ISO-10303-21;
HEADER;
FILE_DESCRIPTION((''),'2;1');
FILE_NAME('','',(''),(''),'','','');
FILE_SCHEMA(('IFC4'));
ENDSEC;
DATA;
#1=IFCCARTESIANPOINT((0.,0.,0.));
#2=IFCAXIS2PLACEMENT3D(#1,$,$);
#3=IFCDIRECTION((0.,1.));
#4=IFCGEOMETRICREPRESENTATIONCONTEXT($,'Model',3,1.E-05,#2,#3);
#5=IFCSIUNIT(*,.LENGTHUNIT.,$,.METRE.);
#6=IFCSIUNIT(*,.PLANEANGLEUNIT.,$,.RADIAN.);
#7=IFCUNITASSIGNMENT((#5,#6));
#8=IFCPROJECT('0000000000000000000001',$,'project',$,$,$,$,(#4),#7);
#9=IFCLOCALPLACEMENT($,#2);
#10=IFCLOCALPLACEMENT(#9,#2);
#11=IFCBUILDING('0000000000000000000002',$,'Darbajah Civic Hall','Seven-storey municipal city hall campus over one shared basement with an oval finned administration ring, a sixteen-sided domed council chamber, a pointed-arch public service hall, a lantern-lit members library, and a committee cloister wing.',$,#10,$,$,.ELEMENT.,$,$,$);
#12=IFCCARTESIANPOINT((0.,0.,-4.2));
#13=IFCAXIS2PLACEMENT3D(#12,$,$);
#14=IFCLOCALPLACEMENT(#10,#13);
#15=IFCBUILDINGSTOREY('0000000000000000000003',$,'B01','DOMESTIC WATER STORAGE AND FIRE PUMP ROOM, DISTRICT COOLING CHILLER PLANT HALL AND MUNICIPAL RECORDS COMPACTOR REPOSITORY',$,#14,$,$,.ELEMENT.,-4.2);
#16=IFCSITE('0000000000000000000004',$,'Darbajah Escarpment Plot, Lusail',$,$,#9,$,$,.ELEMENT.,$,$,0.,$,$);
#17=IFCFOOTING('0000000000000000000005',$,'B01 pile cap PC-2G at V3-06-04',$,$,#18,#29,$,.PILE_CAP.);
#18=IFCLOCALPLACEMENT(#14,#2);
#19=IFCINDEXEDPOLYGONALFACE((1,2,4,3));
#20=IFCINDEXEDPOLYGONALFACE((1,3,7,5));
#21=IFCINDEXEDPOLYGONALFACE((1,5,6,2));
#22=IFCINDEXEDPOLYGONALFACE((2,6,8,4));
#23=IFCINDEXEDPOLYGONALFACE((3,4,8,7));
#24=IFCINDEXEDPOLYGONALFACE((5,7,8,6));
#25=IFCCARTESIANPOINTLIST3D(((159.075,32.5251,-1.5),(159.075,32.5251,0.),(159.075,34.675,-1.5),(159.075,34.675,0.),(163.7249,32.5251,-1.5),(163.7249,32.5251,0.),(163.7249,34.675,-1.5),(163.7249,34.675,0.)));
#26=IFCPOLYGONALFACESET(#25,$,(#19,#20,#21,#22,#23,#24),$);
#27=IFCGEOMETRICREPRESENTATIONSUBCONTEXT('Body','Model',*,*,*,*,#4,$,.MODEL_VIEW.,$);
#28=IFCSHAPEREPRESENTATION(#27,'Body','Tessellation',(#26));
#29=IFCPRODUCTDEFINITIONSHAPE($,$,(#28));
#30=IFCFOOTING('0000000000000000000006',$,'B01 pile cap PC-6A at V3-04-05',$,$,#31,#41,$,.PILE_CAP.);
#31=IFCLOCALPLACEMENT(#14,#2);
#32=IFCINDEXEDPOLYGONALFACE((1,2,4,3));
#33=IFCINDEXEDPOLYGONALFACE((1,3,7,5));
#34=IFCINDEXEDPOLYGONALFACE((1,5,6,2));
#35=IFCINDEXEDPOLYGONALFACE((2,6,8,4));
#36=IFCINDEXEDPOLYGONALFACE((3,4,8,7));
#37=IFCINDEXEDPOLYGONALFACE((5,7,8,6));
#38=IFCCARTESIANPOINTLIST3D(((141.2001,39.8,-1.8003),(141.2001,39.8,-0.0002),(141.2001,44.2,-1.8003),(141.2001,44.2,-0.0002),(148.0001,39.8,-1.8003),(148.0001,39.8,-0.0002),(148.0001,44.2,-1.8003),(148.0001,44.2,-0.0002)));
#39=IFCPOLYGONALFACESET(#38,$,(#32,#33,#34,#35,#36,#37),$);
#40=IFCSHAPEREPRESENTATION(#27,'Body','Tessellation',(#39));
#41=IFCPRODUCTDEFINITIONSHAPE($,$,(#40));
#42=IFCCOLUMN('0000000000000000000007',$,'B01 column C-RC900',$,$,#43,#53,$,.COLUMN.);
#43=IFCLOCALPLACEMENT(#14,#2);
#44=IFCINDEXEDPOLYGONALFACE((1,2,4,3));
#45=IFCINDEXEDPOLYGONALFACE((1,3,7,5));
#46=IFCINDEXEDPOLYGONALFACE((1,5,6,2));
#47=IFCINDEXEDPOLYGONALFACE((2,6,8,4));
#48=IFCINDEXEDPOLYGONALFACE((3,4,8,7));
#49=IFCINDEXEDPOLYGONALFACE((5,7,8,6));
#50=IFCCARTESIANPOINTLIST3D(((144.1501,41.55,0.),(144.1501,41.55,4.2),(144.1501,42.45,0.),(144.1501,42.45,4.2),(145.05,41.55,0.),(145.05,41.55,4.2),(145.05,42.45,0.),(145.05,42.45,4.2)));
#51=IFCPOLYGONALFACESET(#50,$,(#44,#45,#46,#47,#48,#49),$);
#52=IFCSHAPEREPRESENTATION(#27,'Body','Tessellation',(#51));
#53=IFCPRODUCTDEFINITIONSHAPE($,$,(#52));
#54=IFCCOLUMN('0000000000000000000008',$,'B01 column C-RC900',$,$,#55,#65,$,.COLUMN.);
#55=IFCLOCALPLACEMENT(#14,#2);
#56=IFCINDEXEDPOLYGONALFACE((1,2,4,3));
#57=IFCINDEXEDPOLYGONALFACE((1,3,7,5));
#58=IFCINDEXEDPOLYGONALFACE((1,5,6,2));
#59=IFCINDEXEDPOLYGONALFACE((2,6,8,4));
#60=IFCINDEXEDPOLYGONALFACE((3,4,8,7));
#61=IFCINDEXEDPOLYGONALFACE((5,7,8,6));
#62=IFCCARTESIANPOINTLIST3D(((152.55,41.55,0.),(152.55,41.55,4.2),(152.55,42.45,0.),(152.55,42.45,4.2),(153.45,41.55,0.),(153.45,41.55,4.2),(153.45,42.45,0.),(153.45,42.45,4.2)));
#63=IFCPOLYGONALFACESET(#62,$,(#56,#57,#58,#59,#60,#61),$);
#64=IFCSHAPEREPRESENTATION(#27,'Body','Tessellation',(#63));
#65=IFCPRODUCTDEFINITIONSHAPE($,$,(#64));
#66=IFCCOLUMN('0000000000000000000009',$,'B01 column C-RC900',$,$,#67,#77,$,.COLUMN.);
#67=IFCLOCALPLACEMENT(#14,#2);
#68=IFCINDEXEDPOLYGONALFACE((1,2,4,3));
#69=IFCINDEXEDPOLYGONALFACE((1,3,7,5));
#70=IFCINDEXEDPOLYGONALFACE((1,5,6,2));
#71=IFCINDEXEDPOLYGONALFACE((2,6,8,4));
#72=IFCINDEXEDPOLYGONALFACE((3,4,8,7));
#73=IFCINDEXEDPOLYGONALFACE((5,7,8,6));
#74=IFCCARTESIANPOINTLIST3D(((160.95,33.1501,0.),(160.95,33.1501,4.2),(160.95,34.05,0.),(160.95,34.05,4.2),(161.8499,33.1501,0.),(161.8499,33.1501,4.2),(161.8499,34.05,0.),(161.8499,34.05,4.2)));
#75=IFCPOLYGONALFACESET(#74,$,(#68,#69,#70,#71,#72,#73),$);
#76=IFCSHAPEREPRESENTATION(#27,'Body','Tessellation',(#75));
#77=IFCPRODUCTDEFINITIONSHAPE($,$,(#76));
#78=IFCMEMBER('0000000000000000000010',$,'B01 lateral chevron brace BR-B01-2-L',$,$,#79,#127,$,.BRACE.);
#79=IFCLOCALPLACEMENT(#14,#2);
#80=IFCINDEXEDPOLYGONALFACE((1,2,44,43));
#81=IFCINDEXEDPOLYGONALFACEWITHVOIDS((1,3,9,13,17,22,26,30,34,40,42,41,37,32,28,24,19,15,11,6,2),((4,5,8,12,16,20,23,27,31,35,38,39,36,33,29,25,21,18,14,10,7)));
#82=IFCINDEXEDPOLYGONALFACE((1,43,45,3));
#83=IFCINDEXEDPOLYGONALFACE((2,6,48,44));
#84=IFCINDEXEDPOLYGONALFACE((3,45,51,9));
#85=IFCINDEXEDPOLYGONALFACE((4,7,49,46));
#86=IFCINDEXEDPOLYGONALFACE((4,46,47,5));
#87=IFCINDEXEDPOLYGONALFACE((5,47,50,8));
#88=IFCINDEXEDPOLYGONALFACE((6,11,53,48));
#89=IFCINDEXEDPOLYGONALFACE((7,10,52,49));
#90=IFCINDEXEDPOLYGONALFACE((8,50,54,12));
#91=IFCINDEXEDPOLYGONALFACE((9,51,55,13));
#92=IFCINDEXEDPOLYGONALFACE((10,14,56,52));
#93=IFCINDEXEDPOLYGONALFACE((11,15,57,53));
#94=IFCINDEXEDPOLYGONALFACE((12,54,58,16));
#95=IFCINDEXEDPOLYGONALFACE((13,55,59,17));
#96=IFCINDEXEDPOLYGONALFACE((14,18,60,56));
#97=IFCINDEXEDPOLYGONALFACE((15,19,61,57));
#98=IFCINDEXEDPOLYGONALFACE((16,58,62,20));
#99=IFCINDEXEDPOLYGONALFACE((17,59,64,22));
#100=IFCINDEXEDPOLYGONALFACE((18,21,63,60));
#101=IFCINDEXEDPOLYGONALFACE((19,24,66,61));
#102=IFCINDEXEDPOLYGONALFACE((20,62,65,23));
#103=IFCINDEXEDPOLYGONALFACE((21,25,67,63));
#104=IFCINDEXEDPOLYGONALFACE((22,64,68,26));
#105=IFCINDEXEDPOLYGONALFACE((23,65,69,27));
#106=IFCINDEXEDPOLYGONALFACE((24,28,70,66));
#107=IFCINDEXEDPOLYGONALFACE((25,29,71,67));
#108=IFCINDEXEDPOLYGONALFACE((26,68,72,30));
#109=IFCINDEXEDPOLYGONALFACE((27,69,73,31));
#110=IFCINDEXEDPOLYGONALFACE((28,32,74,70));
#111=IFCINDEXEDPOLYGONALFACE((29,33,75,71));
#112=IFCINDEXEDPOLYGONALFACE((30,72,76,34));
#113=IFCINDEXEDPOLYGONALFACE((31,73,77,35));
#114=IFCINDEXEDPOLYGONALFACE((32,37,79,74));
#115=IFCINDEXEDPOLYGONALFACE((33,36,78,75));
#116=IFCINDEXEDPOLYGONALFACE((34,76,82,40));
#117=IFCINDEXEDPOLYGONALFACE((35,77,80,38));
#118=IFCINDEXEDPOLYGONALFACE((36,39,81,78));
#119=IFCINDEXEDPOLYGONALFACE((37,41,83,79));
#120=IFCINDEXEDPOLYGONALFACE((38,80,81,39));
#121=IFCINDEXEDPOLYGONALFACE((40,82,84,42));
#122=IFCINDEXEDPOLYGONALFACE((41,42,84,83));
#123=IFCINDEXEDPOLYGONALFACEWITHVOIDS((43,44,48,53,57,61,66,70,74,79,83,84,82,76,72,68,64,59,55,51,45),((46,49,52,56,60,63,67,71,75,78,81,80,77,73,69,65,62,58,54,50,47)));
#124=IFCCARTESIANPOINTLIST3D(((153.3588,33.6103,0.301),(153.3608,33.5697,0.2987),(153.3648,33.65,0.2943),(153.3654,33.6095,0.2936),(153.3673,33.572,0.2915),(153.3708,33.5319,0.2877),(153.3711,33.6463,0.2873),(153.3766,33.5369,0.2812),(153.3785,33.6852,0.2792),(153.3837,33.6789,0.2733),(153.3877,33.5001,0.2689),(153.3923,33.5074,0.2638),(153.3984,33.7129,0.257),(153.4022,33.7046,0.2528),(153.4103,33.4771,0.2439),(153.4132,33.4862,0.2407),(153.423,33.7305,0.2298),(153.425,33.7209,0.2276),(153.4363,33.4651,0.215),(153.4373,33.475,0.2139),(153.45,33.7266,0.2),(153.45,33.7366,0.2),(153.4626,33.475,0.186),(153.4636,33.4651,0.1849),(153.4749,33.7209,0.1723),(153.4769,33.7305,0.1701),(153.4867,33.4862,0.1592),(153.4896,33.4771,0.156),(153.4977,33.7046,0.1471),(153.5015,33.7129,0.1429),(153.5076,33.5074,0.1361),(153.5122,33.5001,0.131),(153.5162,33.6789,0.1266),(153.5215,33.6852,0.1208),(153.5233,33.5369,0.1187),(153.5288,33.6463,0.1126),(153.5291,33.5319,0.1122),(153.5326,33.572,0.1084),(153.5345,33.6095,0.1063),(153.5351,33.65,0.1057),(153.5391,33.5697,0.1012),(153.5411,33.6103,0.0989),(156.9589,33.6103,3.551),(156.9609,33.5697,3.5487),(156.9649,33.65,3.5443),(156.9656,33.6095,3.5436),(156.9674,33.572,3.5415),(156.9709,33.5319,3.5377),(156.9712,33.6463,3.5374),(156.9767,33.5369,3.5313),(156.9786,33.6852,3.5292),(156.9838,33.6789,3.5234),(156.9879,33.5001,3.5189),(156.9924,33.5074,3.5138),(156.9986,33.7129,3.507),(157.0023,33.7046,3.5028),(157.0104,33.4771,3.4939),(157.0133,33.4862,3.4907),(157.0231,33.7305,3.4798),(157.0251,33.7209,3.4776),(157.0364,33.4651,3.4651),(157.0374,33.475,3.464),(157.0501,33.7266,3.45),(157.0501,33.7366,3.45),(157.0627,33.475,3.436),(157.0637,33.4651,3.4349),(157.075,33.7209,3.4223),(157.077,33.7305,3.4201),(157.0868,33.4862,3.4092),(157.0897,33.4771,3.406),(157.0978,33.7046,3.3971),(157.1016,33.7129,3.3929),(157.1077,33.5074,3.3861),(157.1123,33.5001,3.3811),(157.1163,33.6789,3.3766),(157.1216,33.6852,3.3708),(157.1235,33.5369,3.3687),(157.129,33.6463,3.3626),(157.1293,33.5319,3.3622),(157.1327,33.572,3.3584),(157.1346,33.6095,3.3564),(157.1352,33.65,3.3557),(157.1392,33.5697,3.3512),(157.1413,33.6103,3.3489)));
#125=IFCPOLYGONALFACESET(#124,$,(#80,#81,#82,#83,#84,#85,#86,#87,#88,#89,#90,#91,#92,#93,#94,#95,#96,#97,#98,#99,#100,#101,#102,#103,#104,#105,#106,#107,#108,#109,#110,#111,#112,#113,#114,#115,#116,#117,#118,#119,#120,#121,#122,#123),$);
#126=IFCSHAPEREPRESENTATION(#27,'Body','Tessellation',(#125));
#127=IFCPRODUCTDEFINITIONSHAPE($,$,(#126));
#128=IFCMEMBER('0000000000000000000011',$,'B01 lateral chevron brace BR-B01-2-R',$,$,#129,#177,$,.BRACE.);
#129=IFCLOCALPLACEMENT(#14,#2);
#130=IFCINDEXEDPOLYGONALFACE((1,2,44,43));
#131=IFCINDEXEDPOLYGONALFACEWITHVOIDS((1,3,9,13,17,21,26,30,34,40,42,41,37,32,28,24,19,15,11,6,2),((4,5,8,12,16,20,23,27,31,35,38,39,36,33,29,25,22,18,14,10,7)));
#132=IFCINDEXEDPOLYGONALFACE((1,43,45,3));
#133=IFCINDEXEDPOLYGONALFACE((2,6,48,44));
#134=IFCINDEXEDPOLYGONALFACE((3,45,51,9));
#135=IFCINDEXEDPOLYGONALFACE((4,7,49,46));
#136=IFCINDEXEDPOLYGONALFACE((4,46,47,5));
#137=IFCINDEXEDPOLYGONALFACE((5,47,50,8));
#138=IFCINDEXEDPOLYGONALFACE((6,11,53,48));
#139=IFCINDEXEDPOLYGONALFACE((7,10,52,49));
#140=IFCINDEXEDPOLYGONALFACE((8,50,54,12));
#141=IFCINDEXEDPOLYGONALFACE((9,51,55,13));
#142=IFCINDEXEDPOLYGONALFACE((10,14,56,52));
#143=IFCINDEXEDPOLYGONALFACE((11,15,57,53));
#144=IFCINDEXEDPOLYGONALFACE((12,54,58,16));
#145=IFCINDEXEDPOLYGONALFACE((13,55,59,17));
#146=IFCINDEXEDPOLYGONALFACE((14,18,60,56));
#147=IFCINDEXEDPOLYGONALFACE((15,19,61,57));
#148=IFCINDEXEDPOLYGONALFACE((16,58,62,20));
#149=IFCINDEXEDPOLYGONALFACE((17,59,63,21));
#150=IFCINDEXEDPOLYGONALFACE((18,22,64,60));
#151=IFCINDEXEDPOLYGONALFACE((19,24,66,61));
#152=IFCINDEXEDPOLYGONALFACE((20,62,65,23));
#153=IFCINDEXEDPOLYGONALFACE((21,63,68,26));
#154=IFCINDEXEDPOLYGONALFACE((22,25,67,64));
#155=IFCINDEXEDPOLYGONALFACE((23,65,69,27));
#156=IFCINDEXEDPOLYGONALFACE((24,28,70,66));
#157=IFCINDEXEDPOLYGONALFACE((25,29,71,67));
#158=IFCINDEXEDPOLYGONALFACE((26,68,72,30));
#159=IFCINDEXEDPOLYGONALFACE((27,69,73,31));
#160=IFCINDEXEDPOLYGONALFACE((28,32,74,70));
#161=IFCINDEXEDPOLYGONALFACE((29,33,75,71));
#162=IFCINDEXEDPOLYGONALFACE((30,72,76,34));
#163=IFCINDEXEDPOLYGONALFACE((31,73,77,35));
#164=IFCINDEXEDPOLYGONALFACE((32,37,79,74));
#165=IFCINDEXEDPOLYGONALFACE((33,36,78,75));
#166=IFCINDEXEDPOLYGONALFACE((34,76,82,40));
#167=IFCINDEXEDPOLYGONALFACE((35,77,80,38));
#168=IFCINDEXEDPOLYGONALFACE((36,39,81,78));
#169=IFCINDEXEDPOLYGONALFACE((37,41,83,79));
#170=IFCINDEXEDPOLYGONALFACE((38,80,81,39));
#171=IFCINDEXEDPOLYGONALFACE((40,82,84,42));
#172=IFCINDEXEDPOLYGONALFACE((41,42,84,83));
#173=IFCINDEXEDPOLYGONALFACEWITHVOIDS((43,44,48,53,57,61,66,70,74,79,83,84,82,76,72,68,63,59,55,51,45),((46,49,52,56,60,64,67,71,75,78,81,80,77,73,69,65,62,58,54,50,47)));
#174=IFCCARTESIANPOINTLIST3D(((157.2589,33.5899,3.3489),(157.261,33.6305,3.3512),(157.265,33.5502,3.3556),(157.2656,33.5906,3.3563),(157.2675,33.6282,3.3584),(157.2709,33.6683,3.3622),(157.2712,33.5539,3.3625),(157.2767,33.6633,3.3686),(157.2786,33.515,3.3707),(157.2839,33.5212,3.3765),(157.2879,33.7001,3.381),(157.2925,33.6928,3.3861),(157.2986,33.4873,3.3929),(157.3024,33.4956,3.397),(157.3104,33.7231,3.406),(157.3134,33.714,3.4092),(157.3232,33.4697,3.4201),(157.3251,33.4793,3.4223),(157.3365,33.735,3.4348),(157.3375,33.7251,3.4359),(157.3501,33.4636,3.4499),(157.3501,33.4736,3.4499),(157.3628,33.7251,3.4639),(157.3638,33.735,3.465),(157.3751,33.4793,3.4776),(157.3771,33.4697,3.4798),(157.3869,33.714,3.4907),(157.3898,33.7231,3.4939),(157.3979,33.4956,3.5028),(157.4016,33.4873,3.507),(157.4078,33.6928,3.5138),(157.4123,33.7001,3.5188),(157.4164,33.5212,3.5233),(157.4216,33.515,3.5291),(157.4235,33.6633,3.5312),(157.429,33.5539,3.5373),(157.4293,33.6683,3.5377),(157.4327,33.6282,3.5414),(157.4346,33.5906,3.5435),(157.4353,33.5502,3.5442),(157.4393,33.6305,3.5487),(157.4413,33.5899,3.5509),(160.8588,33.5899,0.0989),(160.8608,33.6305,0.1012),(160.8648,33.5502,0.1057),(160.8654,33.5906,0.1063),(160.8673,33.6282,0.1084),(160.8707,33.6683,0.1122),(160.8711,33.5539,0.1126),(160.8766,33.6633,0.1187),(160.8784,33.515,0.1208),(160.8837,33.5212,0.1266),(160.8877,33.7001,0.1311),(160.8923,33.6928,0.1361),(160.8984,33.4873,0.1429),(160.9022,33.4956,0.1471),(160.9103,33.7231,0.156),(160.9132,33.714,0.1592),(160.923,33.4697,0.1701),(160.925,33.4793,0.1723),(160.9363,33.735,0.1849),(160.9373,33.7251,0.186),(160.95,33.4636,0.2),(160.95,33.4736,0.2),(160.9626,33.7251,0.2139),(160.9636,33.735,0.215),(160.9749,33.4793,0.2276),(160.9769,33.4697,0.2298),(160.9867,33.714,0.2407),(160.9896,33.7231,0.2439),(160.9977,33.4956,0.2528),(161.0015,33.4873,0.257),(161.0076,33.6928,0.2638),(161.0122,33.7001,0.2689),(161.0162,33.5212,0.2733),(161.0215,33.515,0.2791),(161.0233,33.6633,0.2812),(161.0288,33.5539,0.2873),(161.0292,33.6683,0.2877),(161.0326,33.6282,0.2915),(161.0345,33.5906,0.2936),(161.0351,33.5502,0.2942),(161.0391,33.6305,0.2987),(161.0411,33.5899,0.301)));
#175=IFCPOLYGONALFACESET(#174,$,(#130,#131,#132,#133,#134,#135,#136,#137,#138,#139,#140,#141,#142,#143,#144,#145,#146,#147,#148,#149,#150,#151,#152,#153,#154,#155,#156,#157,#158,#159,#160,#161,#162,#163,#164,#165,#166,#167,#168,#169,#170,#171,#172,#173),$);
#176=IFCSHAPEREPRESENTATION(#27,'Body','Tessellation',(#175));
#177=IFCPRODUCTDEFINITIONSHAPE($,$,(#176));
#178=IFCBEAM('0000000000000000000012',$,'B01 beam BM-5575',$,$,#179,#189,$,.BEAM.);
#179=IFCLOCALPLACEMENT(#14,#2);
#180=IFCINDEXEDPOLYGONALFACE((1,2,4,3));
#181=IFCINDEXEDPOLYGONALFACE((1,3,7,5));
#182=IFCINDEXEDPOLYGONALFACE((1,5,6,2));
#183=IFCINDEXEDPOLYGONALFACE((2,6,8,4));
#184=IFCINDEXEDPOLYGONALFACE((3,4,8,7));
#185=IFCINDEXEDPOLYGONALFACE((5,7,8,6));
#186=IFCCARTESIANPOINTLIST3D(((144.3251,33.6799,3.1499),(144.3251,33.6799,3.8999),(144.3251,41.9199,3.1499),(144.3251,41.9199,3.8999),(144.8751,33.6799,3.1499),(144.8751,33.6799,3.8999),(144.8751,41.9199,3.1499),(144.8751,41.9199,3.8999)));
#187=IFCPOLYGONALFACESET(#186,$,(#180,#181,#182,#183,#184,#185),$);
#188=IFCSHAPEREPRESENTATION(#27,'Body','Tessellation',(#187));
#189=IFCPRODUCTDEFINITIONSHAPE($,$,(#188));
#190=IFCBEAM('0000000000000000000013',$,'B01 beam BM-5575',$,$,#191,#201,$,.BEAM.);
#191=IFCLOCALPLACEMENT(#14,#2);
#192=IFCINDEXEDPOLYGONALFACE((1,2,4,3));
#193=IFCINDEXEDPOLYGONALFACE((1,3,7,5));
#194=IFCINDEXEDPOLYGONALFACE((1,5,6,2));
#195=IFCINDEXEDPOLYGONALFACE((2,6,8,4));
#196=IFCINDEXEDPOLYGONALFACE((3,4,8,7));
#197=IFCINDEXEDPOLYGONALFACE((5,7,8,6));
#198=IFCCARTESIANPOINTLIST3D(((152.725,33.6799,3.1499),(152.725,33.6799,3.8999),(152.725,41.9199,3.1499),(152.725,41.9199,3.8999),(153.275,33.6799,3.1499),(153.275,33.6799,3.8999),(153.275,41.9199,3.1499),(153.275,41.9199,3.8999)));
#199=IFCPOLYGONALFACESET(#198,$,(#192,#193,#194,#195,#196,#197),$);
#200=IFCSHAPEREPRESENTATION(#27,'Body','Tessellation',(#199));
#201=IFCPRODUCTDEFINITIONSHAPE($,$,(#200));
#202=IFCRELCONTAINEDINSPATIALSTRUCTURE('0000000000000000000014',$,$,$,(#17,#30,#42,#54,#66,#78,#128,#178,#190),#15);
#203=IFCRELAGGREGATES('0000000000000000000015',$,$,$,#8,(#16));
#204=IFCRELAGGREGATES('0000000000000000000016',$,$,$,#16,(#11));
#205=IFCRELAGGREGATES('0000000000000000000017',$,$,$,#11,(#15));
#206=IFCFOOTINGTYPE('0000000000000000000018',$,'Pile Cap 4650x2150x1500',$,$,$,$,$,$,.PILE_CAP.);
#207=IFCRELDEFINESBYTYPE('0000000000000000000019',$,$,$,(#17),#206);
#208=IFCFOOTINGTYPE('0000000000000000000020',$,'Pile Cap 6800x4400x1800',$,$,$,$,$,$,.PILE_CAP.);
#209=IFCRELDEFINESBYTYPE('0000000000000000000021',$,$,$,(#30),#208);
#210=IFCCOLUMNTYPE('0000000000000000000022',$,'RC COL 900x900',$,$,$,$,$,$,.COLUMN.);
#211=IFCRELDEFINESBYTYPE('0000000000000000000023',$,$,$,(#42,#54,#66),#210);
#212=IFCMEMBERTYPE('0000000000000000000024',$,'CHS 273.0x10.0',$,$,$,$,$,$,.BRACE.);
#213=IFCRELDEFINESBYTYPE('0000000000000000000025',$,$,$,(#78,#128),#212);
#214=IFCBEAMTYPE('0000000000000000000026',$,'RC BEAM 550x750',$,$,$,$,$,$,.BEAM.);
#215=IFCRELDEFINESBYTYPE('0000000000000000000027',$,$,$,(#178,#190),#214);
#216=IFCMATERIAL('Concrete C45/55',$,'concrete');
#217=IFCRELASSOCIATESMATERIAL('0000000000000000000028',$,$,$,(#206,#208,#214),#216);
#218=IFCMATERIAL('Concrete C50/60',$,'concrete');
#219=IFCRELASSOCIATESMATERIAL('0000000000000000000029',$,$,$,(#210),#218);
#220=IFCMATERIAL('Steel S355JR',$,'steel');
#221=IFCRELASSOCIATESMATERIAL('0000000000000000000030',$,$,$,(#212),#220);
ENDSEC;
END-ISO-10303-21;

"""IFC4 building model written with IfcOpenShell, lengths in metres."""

from ifc_helpers import new_model, si_unit, direction, frame, origin, origin_2d, place, context, subcontext, project, spatial, rectangle, hollow_circle, extrude, material, material_profile, profile_set, type_object, element, save


model = new_model("IFC4")

# Units and contexts
model_context = context("Model", 3, precision=1e-05, world=origin(), true_north=direction((0.0, 1.0)))
body_context = subcontext(model_context, "Body", "Model", "MODEL_VIEW")
ifc_project = project(units=[si_unit("LENGTHUNIT", "METRE"), si_unit("PLANEANGLEUNIT", "RADIAN")], contexts=[model_context])

# Site, building, storey
site_placement = place(None, origin())
site = spatial("IfcSite", under=ifc_project, at=site_placement, Name="Darbajah Escarpment Plot, Lusail", CompositionType="ELEMENT", RefElevation=0.0)
building_placement = place(site_placement, origin())
building = spatial("IfcBuilding", under=site, at=building_placement, Name="Darbajah Civic Hall", Description="Seven-storey municipal city hall campus over one shared basement with an oval finned administration ring, a sixteen-sided domed council chamber, a pointed-arch public service hall, a lantern-lit members library, and a committee cloister wing.", CompositionType="ELEMENT")
storey_placement = place(building_placement, frame((0.0, 0.0, -4.2)))
storey = spatial("IfcBuildingStorey", under=building, at=storey_placement, Name="B01", Description="DOMESTIC WATER STORAGE AND FIRE PUMP ROOM, DISTRICT COOLING CHILLER PLANT HALL AND MUNICIPAL RECORDS COMPACTOR REPOSITORY", CompositionType="ELEMENT", Elevation=-4.2)

# Shared definitions
ifc_material_1 = material(Name="Concrete C45/55", Category="concrete")

# Footings
footing_type_1 = type_object("IfcFootingType", Name="Pile Cap 4650x2150x1500", PredefinedType="PILE_CAP", material=ifc_material_1)
for number, where, z_axis, x_axis, name in (
    (1, (161.3999, 33.6001, -1.5), (0.0, 0.0, 1.0), (1.0, 0.0, 0.0), "B01 pile cap PC-2G at V3-06-04"),
):
    element("IfcFooting", number, at=place(storey_placement, frame(where, z_axis=z_axis, x_axis=x_axis)), inside=storey, type_object=footing_type_1, Name=name, PredefinedType="PILE_CAP", context=body_context, shape_type="SweptSolid", body=[
        extrude(rectangle(XDim=4.6499, YDim=2.1499, at=origin_2d()), origin(), (0.0, 0.0, 1.0), 1.5),
    ])
footing_type_2 = type_object("IfcFootingType", Name="Pile Cap 6800x4400x1800", PredefinedType="PILE_CAP", material=ifc_material_1)
footing_placement = place(storey_placement, frame((144.6001, 42.0, -1.8003), z_axis=(0.0, 0.0, 1.0), x_axis=(1.0, 0.0, 0.0)))
element("IfcFooting", 2, at=footing_placement, inside=storey, type_object=footing_type_2, Name="B01 pile cap PC-6A at V3-04-05", PredefinedType="PILE_CAP", context=body_context, shape_type="SweptSolid", body=[
    extrude(rectangle(XDim=6.8, YDim=4.3999, at=origin_2d()), origin(), (0.0, 0.0, 1.0), 1.8),
])

# Columns
ifc_material_2 = material(Name="Concrete C50/60", Category="concrete")
ifc_material_profile_1 = material_profile(ifc_material_2, rectangle(XDim=0.8999, YDim=0.8999, at=origin_2d()), Name="RC COL 900x900")
ifc_profile_set_1 = profile_set([ifc_material_profile_1], Name="Concrete C50/60")
column_type = type_object("IfcColumnType", Name="RC COL 900x900", PredefinedType="COLUMN", material=ifc_profile_set_1)
for number, where, z_axis, x_axis, name in (
    (3, (144.6001, 42.0, 0.0), (0.0, 0.0, 1.0), (1.0, 0.0, 0.0), "B01 column C-RC900"),
    (4, (153.0, 42.0, 0.0), (0.0, 0.0, 1.0), (1.0, 0.0, 0.0), "B01 column C-RC900"),
    (5, (161.3999, 33.6001, 0.0), (0.0, 0.0, 1.0), (1.0, 0.0, 0.0), "B01 column C-RC900"),
):
    element("IfcColumn", number, at=place(storey_placement, frame(where, z_axis=z_axis, x_axis=x_axis)), inside=storey, type_object=column_type, Name=name, PredefinedType="COLUMN", context=body_context, shape_type="SweptSolid", body=[
        extrude(rectangle(XDim=0.8999, YDim=0.8999, at=origin_2d()), origin(), (0.0, 0.0, 1.0), 4.2),
    ])

# Members
ifc_material_3 = material(Name="Steel S355JR", Category="steel")
ifc_material_profile_2 = material_profile(ifc_material_3, hollow_circle(Radius=0.1365, WallThickness=0.01, at=origin_2d()), Name="CHS 273.0x10.0")
ifc_profile_set_2 = profile_set([ifc_material_profile_2], Name="Steel S355JR")
member_type = type_object("IfcMemberType", Name="CHS 273.0x10.0", PredefinedType="BRACE", material=ifc_profile_set_2)
member_1_placement = place(storey_placement, frame((153.45, 33.6001, 0.2), z_axis=(0.742277, 0.0, 0.670093), x_axis=(0.0, 1.0, 0.0)))
element("IfcMember", 6, at=member_1_placement, inside=storey, type_object=member_type, Name="B01 lateral chevron brace BR-B01-2-L", PredefinedType="BRACE", context=body_context, shape_type="SweptSolid", body=[
    extrude(hollow_circle(Radius=0.1365, WallThickness=0.01, at=origin_2d()), origin(), (0.0, 0.0, 1.0), 4.8501),
])
member_2_placement = place(storey_placement, frame((160.95, 33.6001, 0.2), z_axis=(-0.742254, 0.0, 0.670118), x_axis=(0.0, -1.0, 0.0)))
element("IfcMember", 7, at=member_2_placement, inside=storey, type_object=member_type, Name="B01 lateral chevron brace BR-B01-2-R", PredefinedType="BRACE", context=body_context, shape_type="SweptSolid", body=[
    extrude(hollow_circle(Radius=0.1365, WallThickness=0.01, at=origin_2d()), origin(), (0.0, 0.0, 1.0), 4.8499),
])

# Beams
ifc_material_profile_3 = material_profile(ifc_material_1, rectangle(XDim=0.55, YDim=0.75, at=origin_2d()), Name="RC BEAM 550x750")
ifc_profile_set_3 = profile_set([ifc_material_profile_3], Name="Concrete C45/55")
beam_type_1 = type_object("IfcBeamType", Name="RC BEAM 550x750", PredefinedType="BEAM", material=ifc_profile_set_3)
for number, where, z_axis, x_axis, name in (
    (8, (144.6001, 33.6799, 3.5249), (0.0, 1.0, 0.0), (-1.0, 0.0, 0.0), "B01 beam BM-5575"),
    (9, (153.0, 33.6799, 3.5249), (0.0, 1.0, 0.0), (-1.0, 0.0, 0.0), "B01 beam BM-5575"),
):
    element("IfcBeam", number, at=place(storey_placement, frame(where, z_axis=z_axis, x_axis=x_axis)), inside=storey, type_object=beam_type_1, Name=name, PredefinedType="BEAM", context=body_context, shape_type="SweptSolid", body=[
        extrude(rectangle(XDim=0.55, YDim=0.75, at=origin_2d()), origin(), (0.0, 0.0, 1.0), 8.24),
    ])

save(model, "model.ifc")
